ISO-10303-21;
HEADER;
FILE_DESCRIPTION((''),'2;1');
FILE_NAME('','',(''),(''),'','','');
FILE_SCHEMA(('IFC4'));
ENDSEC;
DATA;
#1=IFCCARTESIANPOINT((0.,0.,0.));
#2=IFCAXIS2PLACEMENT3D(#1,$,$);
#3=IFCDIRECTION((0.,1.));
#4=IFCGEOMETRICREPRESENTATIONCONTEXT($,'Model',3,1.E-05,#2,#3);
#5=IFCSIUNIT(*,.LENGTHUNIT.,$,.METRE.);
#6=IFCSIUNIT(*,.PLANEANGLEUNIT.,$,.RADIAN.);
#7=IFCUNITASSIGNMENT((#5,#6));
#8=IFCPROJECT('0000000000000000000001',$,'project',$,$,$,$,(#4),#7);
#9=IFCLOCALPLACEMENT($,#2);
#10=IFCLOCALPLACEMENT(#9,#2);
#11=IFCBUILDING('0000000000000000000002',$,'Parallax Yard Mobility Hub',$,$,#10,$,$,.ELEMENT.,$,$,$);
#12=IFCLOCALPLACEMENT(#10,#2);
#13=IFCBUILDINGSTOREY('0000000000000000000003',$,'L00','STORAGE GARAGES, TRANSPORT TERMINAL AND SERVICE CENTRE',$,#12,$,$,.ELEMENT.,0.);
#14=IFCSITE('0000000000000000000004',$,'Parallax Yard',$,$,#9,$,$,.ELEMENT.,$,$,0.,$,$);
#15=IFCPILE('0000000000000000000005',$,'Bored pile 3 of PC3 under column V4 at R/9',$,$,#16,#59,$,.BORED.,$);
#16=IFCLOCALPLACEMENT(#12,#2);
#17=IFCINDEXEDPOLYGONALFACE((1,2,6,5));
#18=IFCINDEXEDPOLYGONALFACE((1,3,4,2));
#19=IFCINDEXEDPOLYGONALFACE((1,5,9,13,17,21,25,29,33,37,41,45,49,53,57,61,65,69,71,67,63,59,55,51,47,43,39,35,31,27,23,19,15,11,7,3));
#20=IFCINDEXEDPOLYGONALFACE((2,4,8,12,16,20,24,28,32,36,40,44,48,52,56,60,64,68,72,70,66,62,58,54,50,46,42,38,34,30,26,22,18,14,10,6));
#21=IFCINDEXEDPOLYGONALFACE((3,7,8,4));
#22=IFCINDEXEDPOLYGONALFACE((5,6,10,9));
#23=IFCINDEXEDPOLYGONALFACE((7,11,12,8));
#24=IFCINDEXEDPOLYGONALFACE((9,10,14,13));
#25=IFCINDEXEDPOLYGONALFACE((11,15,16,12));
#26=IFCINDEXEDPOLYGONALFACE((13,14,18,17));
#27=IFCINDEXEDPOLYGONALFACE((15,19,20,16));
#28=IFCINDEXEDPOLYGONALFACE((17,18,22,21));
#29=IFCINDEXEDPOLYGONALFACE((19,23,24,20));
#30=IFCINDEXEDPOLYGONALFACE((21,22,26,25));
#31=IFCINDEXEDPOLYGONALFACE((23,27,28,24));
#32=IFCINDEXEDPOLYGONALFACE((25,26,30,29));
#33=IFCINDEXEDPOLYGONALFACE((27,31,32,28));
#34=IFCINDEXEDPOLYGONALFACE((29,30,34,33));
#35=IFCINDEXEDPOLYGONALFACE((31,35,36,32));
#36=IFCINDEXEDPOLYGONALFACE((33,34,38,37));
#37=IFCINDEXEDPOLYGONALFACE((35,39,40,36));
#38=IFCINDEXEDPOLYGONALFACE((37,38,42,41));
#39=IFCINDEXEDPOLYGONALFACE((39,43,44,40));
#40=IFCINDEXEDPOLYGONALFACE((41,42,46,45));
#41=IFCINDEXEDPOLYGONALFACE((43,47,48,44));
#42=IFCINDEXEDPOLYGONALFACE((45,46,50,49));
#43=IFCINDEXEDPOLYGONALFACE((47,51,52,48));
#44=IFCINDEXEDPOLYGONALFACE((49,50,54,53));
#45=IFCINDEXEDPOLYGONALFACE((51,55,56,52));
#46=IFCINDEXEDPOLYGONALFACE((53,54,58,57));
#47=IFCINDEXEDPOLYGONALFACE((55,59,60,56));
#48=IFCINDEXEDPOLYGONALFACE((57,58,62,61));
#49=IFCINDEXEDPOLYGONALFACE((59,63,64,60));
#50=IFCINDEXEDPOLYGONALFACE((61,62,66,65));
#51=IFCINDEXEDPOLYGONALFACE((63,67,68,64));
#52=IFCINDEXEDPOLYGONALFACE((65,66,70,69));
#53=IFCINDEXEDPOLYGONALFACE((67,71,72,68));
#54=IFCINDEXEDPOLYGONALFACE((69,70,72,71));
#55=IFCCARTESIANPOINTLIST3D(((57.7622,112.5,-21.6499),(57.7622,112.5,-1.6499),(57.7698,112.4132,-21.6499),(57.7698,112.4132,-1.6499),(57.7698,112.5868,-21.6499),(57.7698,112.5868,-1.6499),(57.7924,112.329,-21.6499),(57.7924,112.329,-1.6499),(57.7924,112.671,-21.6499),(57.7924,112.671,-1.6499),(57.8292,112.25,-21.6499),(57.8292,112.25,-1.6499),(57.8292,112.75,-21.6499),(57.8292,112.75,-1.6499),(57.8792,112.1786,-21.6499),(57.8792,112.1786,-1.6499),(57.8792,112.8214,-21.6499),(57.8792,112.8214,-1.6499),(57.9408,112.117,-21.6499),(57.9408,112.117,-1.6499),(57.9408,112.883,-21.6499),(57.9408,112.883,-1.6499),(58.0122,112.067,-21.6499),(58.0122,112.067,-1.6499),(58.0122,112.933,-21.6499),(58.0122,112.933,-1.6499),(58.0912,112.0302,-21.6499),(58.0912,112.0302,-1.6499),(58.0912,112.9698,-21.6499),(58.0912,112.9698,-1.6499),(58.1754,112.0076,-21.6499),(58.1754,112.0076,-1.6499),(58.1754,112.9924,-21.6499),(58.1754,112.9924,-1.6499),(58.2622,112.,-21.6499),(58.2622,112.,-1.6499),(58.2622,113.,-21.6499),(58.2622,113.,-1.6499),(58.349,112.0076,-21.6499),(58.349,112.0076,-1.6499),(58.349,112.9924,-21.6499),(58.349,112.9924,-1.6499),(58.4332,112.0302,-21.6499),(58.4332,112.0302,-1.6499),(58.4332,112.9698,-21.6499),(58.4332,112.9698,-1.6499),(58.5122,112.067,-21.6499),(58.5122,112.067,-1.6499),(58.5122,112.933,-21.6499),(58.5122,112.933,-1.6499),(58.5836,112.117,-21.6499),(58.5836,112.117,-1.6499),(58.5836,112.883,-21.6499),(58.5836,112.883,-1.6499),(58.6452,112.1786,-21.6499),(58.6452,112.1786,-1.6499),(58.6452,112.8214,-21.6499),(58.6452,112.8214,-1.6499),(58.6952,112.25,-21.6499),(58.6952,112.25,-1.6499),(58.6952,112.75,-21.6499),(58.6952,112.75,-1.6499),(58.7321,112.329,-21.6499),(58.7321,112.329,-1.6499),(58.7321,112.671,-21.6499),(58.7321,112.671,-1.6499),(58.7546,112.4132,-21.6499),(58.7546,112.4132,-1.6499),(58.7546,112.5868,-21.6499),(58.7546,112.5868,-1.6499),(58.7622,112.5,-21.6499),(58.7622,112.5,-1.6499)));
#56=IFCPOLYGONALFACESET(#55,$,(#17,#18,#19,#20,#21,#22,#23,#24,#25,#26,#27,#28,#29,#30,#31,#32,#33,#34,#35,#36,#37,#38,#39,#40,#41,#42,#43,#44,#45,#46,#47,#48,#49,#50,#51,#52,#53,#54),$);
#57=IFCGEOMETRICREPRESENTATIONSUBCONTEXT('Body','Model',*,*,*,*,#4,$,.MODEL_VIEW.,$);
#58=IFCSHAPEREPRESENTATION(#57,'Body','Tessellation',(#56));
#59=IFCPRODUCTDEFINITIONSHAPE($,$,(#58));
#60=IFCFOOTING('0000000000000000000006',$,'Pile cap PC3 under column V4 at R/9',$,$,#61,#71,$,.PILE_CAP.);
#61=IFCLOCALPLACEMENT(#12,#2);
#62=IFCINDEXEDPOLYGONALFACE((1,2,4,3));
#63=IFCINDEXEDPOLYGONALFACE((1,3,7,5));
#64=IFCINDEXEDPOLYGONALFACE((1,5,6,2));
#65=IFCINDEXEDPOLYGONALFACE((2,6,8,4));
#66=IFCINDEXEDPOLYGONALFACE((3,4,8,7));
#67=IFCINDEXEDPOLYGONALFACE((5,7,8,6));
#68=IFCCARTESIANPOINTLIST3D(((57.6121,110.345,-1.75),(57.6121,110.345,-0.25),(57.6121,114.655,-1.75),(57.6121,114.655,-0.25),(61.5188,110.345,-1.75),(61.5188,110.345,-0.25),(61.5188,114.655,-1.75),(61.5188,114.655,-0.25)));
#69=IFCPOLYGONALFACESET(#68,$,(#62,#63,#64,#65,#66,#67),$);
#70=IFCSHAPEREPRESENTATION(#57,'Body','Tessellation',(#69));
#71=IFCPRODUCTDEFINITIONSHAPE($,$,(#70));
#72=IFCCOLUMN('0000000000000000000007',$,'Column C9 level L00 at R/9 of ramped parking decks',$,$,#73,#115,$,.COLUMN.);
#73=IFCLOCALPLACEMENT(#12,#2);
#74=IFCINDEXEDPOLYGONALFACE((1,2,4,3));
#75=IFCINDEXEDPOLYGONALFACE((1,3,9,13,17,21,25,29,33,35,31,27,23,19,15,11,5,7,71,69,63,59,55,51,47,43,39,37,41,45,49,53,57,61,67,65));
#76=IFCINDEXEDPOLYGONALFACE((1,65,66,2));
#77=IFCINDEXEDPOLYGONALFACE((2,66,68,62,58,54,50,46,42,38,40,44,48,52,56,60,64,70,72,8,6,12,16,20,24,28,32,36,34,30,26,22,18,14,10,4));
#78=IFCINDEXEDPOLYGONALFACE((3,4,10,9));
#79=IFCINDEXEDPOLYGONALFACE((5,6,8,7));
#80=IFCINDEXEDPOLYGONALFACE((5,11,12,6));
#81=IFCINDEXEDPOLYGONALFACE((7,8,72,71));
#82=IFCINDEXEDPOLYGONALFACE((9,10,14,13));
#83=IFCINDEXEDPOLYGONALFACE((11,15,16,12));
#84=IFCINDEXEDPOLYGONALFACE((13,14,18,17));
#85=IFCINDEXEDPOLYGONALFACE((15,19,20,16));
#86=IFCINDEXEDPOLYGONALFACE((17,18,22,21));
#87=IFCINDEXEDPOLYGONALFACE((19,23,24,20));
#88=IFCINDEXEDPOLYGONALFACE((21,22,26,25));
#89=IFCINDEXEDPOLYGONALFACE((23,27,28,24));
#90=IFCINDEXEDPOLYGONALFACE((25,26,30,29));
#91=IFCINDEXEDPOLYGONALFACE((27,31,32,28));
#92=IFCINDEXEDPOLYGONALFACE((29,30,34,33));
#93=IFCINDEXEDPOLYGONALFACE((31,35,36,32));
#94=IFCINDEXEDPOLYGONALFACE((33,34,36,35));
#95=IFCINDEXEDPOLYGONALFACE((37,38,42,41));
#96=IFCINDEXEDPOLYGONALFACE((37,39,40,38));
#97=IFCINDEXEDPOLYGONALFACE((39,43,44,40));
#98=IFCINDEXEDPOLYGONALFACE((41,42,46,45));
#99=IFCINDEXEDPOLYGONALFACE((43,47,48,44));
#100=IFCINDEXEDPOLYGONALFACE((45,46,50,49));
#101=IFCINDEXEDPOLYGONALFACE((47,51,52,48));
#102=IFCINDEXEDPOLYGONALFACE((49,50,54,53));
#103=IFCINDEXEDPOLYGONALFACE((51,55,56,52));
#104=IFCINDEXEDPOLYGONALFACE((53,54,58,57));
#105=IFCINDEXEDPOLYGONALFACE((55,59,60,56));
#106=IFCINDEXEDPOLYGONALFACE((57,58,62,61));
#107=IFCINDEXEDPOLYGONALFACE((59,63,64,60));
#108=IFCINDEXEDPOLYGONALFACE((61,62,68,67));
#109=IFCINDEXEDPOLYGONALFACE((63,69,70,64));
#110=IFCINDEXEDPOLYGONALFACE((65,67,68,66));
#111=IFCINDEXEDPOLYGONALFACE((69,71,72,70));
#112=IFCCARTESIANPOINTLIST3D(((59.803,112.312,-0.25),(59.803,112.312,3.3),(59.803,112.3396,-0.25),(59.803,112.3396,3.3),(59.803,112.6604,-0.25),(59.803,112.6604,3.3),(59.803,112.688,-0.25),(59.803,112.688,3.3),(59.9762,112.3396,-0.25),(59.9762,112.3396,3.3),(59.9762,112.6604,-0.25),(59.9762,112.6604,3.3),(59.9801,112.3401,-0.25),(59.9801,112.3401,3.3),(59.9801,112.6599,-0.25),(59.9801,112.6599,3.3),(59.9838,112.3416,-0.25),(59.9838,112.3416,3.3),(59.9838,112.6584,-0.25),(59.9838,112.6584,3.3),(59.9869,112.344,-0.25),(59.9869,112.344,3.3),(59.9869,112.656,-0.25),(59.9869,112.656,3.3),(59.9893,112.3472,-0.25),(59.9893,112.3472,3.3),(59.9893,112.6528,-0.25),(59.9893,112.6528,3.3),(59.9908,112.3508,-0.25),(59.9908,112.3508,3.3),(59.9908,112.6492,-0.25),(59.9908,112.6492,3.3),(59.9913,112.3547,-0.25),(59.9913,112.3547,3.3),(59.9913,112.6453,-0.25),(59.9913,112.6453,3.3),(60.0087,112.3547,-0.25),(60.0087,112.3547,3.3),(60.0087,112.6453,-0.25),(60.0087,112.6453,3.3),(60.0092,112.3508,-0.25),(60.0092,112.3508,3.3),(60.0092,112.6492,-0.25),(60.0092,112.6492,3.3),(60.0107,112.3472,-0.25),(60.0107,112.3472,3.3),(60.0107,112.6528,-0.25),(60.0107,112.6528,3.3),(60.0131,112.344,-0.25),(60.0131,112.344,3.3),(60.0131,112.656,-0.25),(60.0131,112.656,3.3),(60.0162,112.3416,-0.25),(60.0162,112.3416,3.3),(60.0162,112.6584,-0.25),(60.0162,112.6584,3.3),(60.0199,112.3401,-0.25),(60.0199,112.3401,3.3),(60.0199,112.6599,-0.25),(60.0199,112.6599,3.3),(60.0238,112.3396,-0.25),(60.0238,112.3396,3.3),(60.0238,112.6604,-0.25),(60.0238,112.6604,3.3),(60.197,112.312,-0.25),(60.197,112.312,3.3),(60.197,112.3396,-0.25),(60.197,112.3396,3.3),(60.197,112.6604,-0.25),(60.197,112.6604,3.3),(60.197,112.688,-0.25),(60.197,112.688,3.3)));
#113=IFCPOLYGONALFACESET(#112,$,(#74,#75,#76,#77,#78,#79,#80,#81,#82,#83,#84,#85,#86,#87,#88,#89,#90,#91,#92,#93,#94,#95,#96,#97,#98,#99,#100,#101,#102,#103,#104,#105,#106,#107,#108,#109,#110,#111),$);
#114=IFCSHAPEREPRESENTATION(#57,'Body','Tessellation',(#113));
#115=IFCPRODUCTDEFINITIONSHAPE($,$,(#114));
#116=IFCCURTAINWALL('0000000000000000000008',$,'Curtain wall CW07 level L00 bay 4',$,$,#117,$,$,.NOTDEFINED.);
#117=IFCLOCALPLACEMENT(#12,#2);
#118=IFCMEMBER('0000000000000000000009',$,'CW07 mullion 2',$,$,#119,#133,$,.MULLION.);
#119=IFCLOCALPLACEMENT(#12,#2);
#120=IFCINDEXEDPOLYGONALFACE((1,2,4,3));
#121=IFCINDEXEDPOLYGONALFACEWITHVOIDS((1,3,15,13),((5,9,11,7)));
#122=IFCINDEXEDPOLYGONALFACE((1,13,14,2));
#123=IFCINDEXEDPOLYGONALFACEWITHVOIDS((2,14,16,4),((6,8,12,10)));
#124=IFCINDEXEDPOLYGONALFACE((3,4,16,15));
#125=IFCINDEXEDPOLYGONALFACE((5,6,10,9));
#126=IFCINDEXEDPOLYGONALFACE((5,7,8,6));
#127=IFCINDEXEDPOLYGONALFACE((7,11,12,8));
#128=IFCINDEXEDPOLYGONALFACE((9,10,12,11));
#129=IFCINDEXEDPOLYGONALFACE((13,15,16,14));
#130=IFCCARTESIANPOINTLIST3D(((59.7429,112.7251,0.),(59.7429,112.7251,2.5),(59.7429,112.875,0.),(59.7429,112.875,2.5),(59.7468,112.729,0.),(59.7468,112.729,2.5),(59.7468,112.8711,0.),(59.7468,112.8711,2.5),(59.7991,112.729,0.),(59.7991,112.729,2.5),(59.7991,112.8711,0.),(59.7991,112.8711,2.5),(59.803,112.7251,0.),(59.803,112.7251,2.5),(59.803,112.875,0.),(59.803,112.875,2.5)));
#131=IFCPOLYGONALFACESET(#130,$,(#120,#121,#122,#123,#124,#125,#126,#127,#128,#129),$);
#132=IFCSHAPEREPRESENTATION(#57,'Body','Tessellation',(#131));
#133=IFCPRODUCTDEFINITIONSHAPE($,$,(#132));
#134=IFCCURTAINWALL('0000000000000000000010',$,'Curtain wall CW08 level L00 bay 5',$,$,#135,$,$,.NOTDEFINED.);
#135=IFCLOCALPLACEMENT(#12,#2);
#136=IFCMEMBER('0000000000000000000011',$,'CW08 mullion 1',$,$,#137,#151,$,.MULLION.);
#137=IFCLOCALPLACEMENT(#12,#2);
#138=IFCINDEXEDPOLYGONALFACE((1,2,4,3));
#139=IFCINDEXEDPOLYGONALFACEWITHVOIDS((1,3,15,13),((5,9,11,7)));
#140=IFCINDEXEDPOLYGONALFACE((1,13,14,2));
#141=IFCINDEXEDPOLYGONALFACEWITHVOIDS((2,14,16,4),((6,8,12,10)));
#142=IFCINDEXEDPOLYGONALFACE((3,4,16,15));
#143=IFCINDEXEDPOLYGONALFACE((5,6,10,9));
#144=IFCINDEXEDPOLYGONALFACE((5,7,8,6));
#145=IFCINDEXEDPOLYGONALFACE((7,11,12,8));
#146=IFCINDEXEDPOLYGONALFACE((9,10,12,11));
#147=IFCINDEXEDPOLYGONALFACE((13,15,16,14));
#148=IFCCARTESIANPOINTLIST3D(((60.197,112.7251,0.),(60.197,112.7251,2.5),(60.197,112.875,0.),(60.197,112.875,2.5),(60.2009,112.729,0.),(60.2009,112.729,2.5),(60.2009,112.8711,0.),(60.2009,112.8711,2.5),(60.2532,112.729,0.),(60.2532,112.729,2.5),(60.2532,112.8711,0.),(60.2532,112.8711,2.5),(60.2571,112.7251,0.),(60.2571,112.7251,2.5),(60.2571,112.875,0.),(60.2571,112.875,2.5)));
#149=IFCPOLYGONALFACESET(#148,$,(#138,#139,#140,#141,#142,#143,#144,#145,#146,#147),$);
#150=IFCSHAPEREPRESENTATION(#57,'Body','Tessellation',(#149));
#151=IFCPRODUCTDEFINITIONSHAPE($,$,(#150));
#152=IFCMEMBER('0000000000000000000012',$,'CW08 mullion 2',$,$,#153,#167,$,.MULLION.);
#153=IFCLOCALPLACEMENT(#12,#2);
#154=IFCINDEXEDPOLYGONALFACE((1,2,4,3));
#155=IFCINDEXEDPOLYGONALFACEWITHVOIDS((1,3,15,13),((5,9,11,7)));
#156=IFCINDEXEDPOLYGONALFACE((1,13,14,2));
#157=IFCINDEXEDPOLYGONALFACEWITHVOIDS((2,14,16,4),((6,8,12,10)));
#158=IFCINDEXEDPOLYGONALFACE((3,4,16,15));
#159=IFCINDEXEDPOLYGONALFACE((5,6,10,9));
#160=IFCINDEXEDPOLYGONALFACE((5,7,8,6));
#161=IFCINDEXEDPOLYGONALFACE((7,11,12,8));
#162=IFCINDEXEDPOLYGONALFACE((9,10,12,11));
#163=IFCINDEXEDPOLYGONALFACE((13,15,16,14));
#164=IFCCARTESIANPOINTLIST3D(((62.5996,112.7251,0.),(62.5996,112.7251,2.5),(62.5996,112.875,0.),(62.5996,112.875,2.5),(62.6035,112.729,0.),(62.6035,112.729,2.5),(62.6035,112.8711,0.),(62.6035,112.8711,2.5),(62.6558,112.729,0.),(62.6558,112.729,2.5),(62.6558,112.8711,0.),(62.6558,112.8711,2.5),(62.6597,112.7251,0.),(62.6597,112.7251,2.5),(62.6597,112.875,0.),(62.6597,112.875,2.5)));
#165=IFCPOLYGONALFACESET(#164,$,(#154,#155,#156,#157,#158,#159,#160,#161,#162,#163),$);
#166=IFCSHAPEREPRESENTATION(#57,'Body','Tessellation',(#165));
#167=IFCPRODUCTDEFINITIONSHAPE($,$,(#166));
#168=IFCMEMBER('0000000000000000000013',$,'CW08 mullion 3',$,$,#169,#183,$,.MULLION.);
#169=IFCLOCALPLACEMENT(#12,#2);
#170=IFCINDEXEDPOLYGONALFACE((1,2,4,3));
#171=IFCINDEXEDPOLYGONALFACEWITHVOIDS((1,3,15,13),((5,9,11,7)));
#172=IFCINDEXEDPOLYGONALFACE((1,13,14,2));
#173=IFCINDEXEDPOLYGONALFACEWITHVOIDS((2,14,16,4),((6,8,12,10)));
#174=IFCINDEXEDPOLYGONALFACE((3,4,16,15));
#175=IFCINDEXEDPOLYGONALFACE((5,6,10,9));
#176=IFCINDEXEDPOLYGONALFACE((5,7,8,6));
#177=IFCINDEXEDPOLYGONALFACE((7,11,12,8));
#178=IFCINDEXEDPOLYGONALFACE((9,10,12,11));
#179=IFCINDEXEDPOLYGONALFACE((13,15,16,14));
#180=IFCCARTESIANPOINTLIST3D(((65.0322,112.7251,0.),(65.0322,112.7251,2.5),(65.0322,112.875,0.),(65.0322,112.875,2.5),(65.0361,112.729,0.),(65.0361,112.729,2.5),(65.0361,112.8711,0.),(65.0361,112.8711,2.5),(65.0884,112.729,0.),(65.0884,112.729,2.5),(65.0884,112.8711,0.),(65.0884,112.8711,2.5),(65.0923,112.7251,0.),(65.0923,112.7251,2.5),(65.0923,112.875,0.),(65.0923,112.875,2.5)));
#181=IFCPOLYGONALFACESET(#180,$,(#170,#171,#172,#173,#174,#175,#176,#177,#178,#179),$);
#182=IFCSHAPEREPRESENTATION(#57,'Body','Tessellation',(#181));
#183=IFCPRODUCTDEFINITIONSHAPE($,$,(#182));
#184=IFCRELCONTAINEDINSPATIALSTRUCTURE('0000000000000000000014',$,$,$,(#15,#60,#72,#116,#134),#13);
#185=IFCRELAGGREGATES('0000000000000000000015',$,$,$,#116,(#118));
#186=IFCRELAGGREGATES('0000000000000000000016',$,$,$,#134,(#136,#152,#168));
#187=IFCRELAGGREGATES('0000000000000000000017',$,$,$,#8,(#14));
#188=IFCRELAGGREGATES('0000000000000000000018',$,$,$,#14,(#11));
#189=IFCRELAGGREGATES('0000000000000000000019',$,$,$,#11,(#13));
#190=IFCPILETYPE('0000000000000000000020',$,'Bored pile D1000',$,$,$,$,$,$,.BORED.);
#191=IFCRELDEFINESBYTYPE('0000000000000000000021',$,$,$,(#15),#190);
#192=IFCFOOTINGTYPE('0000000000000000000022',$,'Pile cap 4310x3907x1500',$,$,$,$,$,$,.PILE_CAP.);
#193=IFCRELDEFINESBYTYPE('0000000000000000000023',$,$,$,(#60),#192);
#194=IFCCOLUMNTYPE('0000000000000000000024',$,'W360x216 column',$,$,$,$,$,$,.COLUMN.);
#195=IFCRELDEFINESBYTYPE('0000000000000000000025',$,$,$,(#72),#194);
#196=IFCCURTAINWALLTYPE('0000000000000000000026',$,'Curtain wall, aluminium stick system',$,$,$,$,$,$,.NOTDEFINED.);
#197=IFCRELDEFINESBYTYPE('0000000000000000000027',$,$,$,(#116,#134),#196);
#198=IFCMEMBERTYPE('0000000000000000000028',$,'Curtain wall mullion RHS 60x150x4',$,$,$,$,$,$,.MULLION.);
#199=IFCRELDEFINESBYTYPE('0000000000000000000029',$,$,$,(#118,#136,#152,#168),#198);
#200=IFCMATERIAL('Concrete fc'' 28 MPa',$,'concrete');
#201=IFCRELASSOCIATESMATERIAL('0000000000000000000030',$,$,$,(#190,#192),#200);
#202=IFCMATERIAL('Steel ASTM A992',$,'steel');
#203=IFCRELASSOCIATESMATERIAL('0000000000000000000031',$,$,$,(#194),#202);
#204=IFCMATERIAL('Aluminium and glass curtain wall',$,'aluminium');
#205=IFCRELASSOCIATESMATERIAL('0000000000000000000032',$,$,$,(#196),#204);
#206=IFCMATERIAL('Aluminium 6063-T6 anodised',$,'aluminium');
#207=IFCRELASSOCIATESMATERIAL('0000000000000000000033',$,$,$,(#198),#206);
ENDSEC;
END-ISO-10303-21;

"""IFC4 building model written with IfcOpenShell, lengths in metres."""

from ifc_helpers import new_model, si_unit, direction, frame, origin, origin_2d, place, context, subcontext, project, spatial, rectangle, hollow_rectangle, circle, i_section, extrude, material, material_profile, profile_set, type_object, element, aggregate, save


model = new_model("IFC4")

# Units and contexts
model_context = context("Model", 3, precision=1e-05, world=origin(), true_north=direction((0.0, 1.0)))
body_context = subcontext(model_context, "Body", "Model", "MODEL_VIEW")
ifc_project = project(units=[si_unit("LENGTHUNIT", "METRE"), si_unit("PLANEANGLEUNIT", "RADIAN")], contexts=[model_context])

# Site, building, storey
site_placement = place(None, origin())
site = spatial("IfcSite", under=ifc_project, at=site_placement, Name="Parallax Yard", CompositionType="ELEMENT", RefElevation=0.0)
building_placement = place(site_placement, origin())
building = spatial("IfcBuilding", under=site, at=building_placement, Name="Parallax Yard Mobility Hub", CompositionType="ELEMENT")
storey_placement = place(building_placement, origin())
storey = spatial("IfcBuildingStorey", under=building, at=storey_placement, Name="L00", Description="STORAGE GARAGES, TRANSPORT TERMINAL AND SERVICE CENTRE", CompositionType="ELEMENT", Elevation=0.0)

# Pile
ifc_material_1 = material(Name="Concrete fc' 28 MPa", Category="concrete")
ifc_material_profile_1 = material_profile(ifc_material_1, circle(Radius=0.5, at=origin_2d()), Name="Bored pile D1000")
ifc_profile_set_1 = profile_set([ifc_material_profile_1], Name="Concrete fc' 28 MPa")
pile_type = type_object("IfcPileType", Name="Bored pile D1000", PredefinedType="BORED", material=ifc_profile_set_1)
pile_placement = place(storey_placement, frame((58.2622, 112.5, -1.6499), z_axis=(0.0, 0.0, -1.0), x_axis=(1.0, 0.0, 0.0)))
element("IfcPile", 1, at=pile_placement, inside=storey, type_object=pile_type, Name="Bored pile 3 of PC3 under column V4 at R/9", PredefinedType="BORED", context=body_context, shape_type="SweptSolid", body=[
    extrude(circle(Radius=0.5, at=origin_2d()), origin(), (0.0, 0.0, 1.0), 20.0),
])

# Footing
footing_type = type_object("IfcFootingType", Name="Pile cap 4310x3907x1500", PredefinedType="PILE_CAP", material=ifc_material_1)
footing_placement = place(storey_placement, frame((59.5654, 112.5, -1.75), z_axis=(0.0, 0.0, 1.0), x_axis=(0.0, 1.0, 0.0)))
element("IfcFooting", 2, at=footing_placement, inside=storey, type_object=footing_type, Name="Pile cap PC3 under column V4 at R/9", PredefinedType="PILE_CAP", context=body_context, shape_type="SweptSolid", body=[
    extrude(rectangle(XDim=4.3101, YDim=3.9067, at=origin_2d()), origin(), (0.0, 0.0, 1.0), 1.5),
])

# Column
ifc_material_2 = material(Name="Steel ASTM A992", Category="steel")
ifc_material_profile_2 = material_profile(ifc_material_2, i_section(OverallWidth=0.394, OverallDepth=0.376, WebThickness=0.0173, FlangeThickness=0.0276, FilletRadius=0.0151, at=origin_2d()), Name="W360x216")
ifc_profile_set_2 = profile_set([ifc_material_profile_2], Name="Steel ASTM A992")
column_type = type_object("IfcColumnType", Name="W360x216 column", PredefinedType="COLUMN", material=ifc_profile_set_2)
column_placement = place(storey_placement, frame((60.0, 112.5, -0.25), z_axis=(0.0, 0.0, 1.0), x_axis=(1.0, 0.0, 0.0)))
element("IfcColumn", 3, at=column_placement, inside=storey, type_object=column_type, Name="Column C9 level L00 at R/9 of ramped parking decks", PredefinedType="COLUMN", context=body_context, shape_type="SweptSolid", body=[
    extrude(i_section(OverallWidth=0.394, OverallDepth=0.376, WebThickness=0.0173, FlangeThickness=0.0276, FilletRadius=0.0151, at=origin_2d()), origin(), (0.0, 0.0, 1.0), 3.55),
])

# Curtain wall, member
ifc_material_3 = material(Name="Aluminium and glass curtain wall", Category="aluminium")
curtain_wall_type = type_object("IfcCurtainWallType", Name="Curtain wall, aluminium stick system", PredefinedType="NOTDEFINED", material=ifc_material_3)
curtain_wall_1_placement = place(storey_placement, origin())
curtain_wall_1 = element("IfcCurtainWall", 4, at=curtain_wall_1_placement, inside=storey, type_object=curtain_wall_type, Name="Curtain wall CW07 level L00 bay 4", PredefinedType="NOTDEFINED")
ifc_material_4 = material(Name="Aluminium 6063-T6 anodised", Category="aluminium")
ifc_material_profile_3 = material_profile(ifc_material_4, hollow_rectangle(XDim=0.1499, YDim=0.0601, WallThickness=0.0039, at=origin_2d()), Name="RHS 60x150x4")
ifc_profile_set_3 = profile_set([ifc_material_profile_3], Name="Aluminium 6063-T6 anodised")
member_type_1 = type_object("IfcMemberType", Name="Curtain wall mullion RHS 60x150x4", PredefinedType="MULLION", material=ifc_profile_set_3)
member_1_placement = place(storey_placement, frame((59.7729, 112.8, 0.0), z_axis=(0.0, 0.0, 1.0), x_axis=(0.0, 1.0, 0.0)))
member_1 = element("IfcMember", 5, at=member_1_placement, type_object=member_type_1, Name="CW07 mullion 2", PredefinedType="MULLION", context=body_context, shape_type="SweptSolid", body=[
    extrude(hollow_rectangle(XDim=0.1499, YDim=0.0601, WallThickness=0.0039, at=origin_2d()), origin(), (0.0, 0.0, 1.0), 2.5),
])

# Curtain wall, members
curtain_wall_2_placement = place(storey_placement, origin())
curtain_wall_2 = element("IfcCurtainWall", 6, at=curtain_wall_2_placement, inside=storey, type_object=curtain_wall_type, Name="Curtain wall CW08 level L00 bay 5", PredefinedType="NOTDEFINED")
member_2_placement = place(storey_placement, frame((60.2271, 112.8, 0.0), z_axis=(0.0, 0.0, 1.0), x_axis=(0.0, 1.0, 0.0)))
member_2 = element("IfcMember", 7, at=member_2_placement, type_object=member_type_1, Name="CW08 mullion 1", PredefinedType="MULLION", context=body_context, shape_type="SweptSolid", body=[
    extrude(hollow_rectangle(XDim=0.1499, YDim=0.0601, WallThickness=0.0039, at=origin_2d()), origin(), (0.0, 0.0, 1.0), 2.5),
])
member_3_placement = place(storey_placement, frame((62.6296, 112.8, 0.0), z_axis=(0.0, 0.0, 1.0), x_axis=(0.0, 1.0, 0.0)))
member_3 = element("IfcMember", 8, at=member_3_placement, type_object=member_type_1, Name="CW08 mullion 2", PredefinedType="MULLION", context=body_context, shape_type="SweptSolid", body=[
    extrude(hollow_rectangle(XDim=0.1499, YDim=0.0601, WallThickness=0.0039, at=origin_2d()), origin(), (0.0, 0.0, 1.0), 2.5),
])
member_4_placement = place(storey_placement, frame((65.0623, 112.8, 0.0), z_axis=(0.0, 0.0, 1.0), x_axis=(0.0, 1.0, 0.0)))
member_4 = element("IfcMember", 9, at=member_4_placement, type_object=member_type_1, Name="CW08 mullion 3", PredefinedType="MULLION", context=body_context, shape_type="SweptSolid", body=[
    extrude(hollow_rectangle(XDim=0.1499, YDim=0.0601, WallThickness=0.0039, at=origin_2d()), origin(), (0.0, 0.0, 1.0), 2.5),
])

aggregate(curtain_wall_1, [member_1])
aggregate(curtain_wall_2, [member_2, member_3, member_4])

save(model, "model.ifc")
